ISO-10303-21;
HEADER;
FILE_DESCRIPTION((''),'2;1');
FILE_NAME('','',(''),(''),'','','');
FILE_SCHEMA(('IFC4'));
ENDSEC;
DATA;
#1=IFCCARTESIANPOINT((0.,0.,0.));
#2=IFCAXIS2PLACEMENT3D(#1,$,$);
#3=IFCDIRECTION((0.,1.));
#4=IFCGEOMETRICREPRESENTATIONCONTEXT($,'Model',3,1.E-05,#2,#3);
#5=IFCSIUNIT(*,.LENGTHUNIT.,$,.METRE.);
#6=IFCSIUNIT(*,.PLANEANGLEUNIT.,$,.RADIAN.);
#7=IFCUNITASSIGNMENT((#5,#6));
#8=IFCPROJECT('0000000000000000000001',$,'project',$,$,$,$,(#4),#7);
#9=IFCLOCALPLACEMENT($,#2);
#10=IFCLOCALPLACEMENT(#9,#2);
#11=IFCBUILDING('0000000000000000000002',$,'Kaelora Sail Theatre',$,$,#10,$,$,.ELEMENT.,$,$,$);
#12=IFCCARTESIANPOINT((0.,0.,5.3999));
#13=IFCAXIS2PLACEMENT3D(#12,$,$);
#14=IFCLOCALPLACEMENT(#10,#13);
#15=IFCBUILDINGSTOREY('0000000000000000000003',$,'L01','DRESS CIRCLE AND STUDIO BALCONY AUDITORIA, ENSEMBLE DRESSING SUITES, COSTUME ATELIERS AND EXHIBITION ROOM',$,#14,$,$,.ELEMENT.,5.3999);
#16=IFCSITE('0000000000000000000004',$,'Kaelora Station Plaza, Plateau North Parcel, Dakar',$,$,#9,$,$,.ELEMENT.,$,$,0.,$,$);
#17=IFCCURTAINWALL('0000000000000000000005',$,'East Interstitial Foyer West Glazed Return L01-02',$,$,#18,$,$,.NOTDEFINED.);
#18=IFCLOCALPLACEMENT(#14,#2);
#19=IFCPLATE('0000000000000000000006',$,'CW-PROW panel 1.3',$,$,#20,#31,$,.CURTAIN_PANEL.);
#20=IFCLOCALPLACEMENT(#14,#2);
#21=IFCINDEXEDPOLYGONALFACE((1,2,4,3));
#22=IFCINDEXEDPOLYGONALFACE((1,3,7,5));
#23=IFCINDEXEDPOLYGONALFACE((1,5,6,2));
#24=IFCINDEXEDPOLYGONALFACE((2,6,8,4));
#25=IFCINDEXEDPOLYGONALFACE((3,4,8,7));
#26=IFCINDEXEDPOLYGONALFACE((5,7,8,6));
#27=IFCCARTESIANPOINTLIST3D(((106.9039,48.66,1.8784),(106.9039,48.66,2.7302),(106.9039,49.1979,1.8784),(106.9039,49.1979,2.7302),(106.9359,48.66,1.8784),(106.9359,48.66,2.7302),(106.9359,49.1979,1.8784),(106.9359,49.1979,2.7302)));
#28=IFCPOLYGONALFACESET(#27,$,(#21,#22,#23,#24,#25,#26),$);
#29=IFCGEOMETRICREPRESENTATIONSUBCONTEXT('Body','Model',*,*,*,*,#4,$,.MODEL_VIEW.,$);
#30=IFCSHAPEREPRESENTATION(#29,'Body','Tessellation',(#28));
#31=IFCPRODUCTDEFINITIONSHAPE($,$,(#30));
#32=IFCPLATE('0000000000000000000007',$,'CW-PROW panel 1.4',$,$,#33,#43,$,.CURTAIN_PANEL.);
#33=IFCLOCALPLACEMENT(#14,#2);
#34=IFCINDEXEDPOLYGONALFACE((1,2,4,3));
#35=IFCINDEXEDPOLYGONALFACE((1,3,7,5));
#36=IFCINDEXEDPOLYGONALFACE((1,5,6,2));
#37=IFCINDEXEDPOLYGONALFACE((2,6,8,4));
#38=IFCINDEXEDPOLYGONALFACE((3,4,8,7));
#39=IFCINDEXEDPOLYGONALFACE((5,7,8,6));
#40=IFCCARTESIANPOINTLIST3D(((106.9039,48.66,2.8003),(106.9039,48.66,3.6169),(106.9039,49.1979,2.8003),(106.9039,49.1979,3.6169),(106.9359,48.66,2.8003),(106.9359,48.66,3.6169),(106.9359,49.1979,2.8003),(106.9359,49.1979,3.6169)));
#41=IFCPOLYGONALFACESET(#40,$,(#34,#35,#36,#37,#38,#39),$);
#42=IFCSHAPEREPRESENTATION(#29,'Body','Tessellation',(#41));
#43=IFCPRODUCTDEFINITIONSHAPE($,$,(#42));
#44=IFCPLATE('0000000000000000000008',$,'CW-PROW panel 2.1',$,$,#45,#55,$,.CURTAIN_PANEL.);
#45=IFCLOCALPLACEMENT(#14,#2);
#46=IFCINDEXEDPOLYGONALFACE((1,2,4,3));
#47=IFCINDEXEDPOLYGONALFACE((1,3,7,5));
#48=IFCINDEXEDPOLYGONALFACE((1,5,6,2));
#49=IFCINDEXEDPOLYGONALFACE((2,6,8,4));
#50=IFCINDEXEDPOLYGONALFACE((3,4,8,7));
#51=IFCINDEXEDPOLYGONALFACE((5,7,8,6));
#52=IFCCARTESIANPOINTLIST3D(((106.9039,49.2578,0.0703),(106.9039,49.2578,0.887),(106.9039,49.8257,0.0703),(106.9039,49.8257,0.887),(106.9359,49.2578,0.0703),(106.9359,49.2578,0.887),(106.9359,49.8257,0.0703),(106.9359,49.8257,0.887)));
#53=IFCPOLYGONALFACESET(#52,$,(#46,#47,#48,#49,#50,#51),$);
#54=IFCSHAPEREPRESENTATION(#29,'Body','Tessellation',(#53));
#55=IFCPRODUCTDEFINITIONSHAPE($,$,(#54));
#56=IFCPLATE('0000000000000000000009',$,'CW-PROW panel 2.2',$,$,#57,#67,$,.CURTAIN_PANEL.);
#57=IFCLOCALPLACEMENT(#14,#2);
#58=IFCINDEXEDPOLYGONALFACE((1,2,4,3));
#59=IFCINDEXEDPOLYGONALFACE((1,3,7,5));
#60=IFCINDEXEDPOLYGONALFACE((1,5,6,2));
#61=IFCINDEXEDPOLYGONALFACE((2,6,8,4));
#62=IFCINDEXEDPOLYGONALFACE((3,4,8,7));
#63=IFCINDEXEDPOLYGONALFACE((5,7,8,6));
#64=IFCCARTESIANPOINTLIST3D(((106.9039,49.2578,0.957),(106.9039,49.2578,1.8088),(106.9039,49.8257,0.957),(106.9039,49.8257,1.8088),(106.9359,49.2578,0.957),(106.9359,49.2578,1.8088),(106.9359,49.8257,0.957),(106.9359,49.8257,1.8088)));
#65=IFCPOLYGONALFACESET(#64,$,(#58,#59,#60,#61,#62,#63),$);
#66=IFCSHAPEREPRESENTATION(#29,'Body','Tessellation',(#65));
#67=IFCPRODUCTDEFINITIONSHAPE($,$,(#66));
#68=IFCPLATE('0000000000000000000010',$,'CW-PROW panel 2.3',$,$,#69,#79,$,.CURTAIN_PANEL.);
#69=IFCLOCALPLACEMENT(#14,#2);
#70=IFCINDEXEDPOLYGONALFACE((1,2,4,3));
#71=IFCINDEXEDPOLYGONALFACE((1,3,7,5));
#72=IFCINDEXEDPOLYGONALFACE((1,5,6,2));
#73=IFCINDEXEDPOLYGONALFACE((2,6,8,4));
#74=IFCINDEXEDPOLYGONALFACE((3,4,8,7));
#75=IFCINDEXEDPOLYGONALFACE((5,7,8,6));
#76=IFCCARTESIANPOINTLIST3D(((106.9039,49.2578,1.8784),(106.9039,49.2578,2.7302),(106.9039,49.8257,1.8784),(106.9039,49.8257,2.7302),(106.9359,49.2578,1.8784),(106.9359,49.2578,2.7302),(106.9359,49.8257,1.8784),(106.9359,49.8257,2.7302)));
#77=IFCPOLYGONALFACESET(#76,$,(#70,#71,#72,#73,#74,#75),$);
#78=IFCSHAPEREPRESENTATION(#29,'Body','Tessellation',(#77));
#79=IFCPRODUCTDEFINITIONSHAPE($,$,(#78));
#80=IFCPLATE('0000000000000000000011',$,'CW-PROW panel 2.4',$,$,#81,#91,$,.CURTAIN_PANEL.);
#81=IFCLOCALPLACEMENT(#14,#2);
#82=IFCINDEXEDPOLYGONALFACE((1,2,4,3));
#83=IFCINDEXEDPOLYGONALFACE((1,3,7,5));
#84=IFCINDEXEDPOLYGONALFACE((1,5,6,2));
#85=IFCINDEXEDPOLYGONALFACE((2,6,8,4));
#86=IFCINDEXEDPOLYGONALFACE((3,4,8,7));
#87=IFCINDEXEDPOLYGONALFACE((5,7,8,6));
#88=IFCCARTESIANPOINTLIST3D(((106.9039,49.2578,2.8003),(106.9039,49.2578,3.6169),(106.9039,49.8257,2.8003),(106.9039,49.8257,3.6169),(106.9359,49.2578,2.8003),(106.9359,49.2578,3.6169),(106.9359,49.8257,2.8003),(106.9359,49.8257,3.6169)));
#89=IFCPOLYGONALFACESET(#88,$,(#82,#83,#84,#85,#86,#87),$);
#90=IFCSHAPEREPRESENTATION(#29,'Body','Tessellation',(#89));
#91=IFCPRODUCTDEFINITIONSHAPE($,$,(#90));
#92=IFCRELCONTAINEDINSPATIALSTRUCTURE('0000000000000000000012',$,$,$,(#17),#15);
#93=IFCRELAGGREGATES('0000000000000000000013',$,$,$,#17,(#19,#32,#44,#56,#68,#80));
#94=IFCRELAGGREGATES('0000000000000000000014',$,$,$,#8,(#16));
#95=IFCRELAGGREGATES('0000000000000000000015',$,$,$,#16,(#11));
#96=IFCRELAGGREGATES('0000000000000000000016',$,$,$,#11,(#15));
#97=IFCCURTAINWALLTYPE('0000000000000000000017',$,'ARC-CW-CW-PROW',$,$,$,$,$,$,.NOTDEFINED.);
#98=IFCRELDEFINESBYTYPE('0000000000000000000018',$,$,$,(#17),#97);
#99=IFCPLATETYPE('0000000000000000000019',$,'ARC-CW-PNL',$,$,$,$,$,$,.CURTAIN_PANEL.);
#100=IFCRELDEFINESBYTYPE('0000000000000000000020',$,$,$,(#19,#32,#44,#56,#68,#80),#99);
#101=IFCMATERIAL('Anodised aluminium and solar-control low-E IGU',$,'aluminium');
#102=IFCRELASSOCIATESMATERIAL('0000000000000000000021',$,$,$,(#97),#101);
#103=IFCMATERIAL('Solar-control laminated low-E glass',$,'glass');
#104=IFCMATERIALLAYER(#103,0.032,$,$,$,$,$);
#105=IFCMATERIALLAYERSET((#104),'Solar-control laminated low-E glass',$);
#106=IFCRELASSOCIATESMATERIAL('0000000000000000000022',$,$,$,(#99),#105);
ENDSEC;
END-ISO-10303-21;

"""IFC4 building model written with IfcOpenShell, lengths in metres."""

from ifc_helpers import new_model, si_unit, direction, frame, origin, origin_2d, place, context, subcontext, project, spatial, rectangle, extrude, material, layer, layer_set, type_object, element, aggregate, save


model = new_model("IFC4")

# Units and contexts
model_context = context("Model", 3, precision=1e-05, world=origin(), true_north=direction((0.0, 1.0)))
body_context = subcontext(model_context, "Body", "Model", "MODEL_VIEW")
ifc_project = project(units=[si_unit("LENGTHUNIT", "METRE"), si_unit("PLANEANGLEUNIT", "RADIAN")], contexts=[model_context])

# Site, building, storey
site_placement = place(None, origin())
site = spatial("IfcSite", under=ifc_project, at=site_placement, Name="Kaelora Station Plaza, Plateau North Parcel, Dakar", CompositionType="ELEMENT", RefElevation=0.0)
building_placement = place(site_placement, origin())
building = spatial("IfcBuilding", under=site, at=building_placement, Name="Kaelora Sail Theatre", CompositionType="ELEMENT")
storey_placement = place(building_placement, frame((0.0, 0.0, 5.3999)))
storey = spatial("IfcBuildingStorey", under=building, at=storey_placement, Name="L01", Description="DRESS CIRCLE AND STUDIO BALCONY AUDITORIA, ENSEMBLE DRESSING SUITES, COSTUME ATELIERS AND EXHIBITION ROOM", CompositionType="ELEMENT", Elevation=5.3999)

# Shared definitions
ifc_material_1 = material(Name="Anodised aluminium and solar-control low-E IGU", Category="aluminium")
curtain_wall_type = type_object("IfcCurtainWallType", Name="ARC-CW-CW-PROW", PredefinedType="NOTDEFINED", material=ifc_material_1)

# Curtain wall
curtain_wall_1_placement = place(storey_placement, origin())
curtain_wall_1 = element("IfcCurtainWall", 1, at=curtain_wall_1_placement, inside=storey, type_object=curtain_wall_type, Name="East Interstitial Foyer West Glazed Return L01-02", PredefinedType="NOTDEFINED")

# Plates
ifc_material_2 = material(Name="Solar-control laminated low-E glass", Category="glass")
ifc_layer = layer(ifc_material_2, 0.032)
ifc_layer_set = layer_set([ifc_layer], Name="Solar-control laminated low-E glass")
plate_type = type_object("IfcPlateType", Name="ARC-CW-PNL", PredefinedType="CURTAIN_PANEL", material=ifc_layer_set)
plate_1_placement = place(storey_placement, frame((106.9199, 48.929, 1.8784), z_axis=(0.0, 0.0, 1.0), x_axis=(0.0, 1.0, 0.0)))
plate_1 = element("IfcPlate", 2, at=plate_1_placement, type_object=plate_type, Name="CW-PROW panel 1.3", PredefinedType="CURTAIN_PANEL", context=body_context, shape_type="SweptSolid", body=[
    extrude(rectangle(XDim=0.5378, YDim=0.032, at=origin_2d()), origin(), (0.0, 0.0, 1.0), 0.8518),
])
plate_2_placement = place(storey_placement, frame((106.9199, 48.929, 2.8003), z_axis=(0.0, 0.0, 1.0), x_axis=(0.0, 1.0, 0.0)))
plate_2 = element("IfcPlate", 3, at=plate_2_placement, type_object=plate_type, Name="CW-PROW panel 1.4", PredefinedType="CURTAIN_PANEL", context=body_context, shape_type="SweptSolid", body=[
    extrude(rectangle(XDim=0.5378, YDim=0.032, at=origin_2d()), origin(), (0.0, 0.0, 1.0), 0.8167),
])
plate_3_placement = place(storey_placement, frame((106.9199, 49.5417, 0.0703), z_axis=(0.0, 0.0, 1.0), x_axis=(0.0, 1.0, 0.0)))
plate_3 = element("IfcPlate", 4, at=plate_3_placement, type_object=plate_type, Name="CW-PROW panel 2.1", PredefinedType="CURTAIN_PANEL", context=body_context, shape_type="SweptSolid", body=[
    extrude(rectangle(XDim=0.5679, YDim=0.032, at=origin_2d()), origin(), (0.0, 0.0, 1.0), 0.8167),
])
plate_4_placement = place(storey_placement, frame((106.9199, 49.5417, 0.957), z_axis=(0.0, 0.0, 1.0), x_axis=(0.0, 1.0, 0.0)))
plate_4 = element("IfcPlate", 5, at=plate_4_placement, type_object=plate_type, Name="CW-PROW panel 2.2", PredefinedType="CURTAIN_PANEL", context=body_context, shape_type="SweptSolid", body=[
    extrude(rectangle(XDim=0.5679, YDim=0.032, at=origin_2d()), origin(), (0.0, 0.0, 1.0), 0.8518),
])
plate_5_placement = place(storey_placement, frame((106.9199, 49.5417, 1.8784), z_axis=(0.0, 0.0, 1.0), x_axis=(0.0, 1.0, 0.0)))
plate_5 = element("IfcPlate", 6, at=plate_5_placement, type_object=plate_type, Name="CW-PROW panel 2.3", PredefinedType="CURTAIN_PANEL", context=body_context, shape_type="SweptSolid", body=[
    extrude(rectangle(XDim=0.5679, YDim=0.032, at=origin_2d()), origin(), (0.0, 0.0, 1.0), 0.8518),
])
plate_6_placement = place(storey_placement, frame((106.9199, 49.5417, 2.8003), z_axis=(0.0, 0.0, 1.0), x_axis=(0.0, 1.0, 0.0)))
plate_6 = element("IfcPlate", 7, at=plate_6_placement, type_object=plate_type, Name="CW-PROW panel 2.4", PredefinedType="CURTAIN_PANEL", context=body_context, shape_type="SweptSolid", body=[
    extrude(rectangle(XDim=0.5679, YDim=0.032, at=origin_2d()), origin(), (0.0, 0.0, 1.0), 0.8167),
])
aggregate(curtain_wall_1, [plate_1, plate_2, plate_3, plate_4, plate_5, plate_6])

save(model, "model.ifc")
